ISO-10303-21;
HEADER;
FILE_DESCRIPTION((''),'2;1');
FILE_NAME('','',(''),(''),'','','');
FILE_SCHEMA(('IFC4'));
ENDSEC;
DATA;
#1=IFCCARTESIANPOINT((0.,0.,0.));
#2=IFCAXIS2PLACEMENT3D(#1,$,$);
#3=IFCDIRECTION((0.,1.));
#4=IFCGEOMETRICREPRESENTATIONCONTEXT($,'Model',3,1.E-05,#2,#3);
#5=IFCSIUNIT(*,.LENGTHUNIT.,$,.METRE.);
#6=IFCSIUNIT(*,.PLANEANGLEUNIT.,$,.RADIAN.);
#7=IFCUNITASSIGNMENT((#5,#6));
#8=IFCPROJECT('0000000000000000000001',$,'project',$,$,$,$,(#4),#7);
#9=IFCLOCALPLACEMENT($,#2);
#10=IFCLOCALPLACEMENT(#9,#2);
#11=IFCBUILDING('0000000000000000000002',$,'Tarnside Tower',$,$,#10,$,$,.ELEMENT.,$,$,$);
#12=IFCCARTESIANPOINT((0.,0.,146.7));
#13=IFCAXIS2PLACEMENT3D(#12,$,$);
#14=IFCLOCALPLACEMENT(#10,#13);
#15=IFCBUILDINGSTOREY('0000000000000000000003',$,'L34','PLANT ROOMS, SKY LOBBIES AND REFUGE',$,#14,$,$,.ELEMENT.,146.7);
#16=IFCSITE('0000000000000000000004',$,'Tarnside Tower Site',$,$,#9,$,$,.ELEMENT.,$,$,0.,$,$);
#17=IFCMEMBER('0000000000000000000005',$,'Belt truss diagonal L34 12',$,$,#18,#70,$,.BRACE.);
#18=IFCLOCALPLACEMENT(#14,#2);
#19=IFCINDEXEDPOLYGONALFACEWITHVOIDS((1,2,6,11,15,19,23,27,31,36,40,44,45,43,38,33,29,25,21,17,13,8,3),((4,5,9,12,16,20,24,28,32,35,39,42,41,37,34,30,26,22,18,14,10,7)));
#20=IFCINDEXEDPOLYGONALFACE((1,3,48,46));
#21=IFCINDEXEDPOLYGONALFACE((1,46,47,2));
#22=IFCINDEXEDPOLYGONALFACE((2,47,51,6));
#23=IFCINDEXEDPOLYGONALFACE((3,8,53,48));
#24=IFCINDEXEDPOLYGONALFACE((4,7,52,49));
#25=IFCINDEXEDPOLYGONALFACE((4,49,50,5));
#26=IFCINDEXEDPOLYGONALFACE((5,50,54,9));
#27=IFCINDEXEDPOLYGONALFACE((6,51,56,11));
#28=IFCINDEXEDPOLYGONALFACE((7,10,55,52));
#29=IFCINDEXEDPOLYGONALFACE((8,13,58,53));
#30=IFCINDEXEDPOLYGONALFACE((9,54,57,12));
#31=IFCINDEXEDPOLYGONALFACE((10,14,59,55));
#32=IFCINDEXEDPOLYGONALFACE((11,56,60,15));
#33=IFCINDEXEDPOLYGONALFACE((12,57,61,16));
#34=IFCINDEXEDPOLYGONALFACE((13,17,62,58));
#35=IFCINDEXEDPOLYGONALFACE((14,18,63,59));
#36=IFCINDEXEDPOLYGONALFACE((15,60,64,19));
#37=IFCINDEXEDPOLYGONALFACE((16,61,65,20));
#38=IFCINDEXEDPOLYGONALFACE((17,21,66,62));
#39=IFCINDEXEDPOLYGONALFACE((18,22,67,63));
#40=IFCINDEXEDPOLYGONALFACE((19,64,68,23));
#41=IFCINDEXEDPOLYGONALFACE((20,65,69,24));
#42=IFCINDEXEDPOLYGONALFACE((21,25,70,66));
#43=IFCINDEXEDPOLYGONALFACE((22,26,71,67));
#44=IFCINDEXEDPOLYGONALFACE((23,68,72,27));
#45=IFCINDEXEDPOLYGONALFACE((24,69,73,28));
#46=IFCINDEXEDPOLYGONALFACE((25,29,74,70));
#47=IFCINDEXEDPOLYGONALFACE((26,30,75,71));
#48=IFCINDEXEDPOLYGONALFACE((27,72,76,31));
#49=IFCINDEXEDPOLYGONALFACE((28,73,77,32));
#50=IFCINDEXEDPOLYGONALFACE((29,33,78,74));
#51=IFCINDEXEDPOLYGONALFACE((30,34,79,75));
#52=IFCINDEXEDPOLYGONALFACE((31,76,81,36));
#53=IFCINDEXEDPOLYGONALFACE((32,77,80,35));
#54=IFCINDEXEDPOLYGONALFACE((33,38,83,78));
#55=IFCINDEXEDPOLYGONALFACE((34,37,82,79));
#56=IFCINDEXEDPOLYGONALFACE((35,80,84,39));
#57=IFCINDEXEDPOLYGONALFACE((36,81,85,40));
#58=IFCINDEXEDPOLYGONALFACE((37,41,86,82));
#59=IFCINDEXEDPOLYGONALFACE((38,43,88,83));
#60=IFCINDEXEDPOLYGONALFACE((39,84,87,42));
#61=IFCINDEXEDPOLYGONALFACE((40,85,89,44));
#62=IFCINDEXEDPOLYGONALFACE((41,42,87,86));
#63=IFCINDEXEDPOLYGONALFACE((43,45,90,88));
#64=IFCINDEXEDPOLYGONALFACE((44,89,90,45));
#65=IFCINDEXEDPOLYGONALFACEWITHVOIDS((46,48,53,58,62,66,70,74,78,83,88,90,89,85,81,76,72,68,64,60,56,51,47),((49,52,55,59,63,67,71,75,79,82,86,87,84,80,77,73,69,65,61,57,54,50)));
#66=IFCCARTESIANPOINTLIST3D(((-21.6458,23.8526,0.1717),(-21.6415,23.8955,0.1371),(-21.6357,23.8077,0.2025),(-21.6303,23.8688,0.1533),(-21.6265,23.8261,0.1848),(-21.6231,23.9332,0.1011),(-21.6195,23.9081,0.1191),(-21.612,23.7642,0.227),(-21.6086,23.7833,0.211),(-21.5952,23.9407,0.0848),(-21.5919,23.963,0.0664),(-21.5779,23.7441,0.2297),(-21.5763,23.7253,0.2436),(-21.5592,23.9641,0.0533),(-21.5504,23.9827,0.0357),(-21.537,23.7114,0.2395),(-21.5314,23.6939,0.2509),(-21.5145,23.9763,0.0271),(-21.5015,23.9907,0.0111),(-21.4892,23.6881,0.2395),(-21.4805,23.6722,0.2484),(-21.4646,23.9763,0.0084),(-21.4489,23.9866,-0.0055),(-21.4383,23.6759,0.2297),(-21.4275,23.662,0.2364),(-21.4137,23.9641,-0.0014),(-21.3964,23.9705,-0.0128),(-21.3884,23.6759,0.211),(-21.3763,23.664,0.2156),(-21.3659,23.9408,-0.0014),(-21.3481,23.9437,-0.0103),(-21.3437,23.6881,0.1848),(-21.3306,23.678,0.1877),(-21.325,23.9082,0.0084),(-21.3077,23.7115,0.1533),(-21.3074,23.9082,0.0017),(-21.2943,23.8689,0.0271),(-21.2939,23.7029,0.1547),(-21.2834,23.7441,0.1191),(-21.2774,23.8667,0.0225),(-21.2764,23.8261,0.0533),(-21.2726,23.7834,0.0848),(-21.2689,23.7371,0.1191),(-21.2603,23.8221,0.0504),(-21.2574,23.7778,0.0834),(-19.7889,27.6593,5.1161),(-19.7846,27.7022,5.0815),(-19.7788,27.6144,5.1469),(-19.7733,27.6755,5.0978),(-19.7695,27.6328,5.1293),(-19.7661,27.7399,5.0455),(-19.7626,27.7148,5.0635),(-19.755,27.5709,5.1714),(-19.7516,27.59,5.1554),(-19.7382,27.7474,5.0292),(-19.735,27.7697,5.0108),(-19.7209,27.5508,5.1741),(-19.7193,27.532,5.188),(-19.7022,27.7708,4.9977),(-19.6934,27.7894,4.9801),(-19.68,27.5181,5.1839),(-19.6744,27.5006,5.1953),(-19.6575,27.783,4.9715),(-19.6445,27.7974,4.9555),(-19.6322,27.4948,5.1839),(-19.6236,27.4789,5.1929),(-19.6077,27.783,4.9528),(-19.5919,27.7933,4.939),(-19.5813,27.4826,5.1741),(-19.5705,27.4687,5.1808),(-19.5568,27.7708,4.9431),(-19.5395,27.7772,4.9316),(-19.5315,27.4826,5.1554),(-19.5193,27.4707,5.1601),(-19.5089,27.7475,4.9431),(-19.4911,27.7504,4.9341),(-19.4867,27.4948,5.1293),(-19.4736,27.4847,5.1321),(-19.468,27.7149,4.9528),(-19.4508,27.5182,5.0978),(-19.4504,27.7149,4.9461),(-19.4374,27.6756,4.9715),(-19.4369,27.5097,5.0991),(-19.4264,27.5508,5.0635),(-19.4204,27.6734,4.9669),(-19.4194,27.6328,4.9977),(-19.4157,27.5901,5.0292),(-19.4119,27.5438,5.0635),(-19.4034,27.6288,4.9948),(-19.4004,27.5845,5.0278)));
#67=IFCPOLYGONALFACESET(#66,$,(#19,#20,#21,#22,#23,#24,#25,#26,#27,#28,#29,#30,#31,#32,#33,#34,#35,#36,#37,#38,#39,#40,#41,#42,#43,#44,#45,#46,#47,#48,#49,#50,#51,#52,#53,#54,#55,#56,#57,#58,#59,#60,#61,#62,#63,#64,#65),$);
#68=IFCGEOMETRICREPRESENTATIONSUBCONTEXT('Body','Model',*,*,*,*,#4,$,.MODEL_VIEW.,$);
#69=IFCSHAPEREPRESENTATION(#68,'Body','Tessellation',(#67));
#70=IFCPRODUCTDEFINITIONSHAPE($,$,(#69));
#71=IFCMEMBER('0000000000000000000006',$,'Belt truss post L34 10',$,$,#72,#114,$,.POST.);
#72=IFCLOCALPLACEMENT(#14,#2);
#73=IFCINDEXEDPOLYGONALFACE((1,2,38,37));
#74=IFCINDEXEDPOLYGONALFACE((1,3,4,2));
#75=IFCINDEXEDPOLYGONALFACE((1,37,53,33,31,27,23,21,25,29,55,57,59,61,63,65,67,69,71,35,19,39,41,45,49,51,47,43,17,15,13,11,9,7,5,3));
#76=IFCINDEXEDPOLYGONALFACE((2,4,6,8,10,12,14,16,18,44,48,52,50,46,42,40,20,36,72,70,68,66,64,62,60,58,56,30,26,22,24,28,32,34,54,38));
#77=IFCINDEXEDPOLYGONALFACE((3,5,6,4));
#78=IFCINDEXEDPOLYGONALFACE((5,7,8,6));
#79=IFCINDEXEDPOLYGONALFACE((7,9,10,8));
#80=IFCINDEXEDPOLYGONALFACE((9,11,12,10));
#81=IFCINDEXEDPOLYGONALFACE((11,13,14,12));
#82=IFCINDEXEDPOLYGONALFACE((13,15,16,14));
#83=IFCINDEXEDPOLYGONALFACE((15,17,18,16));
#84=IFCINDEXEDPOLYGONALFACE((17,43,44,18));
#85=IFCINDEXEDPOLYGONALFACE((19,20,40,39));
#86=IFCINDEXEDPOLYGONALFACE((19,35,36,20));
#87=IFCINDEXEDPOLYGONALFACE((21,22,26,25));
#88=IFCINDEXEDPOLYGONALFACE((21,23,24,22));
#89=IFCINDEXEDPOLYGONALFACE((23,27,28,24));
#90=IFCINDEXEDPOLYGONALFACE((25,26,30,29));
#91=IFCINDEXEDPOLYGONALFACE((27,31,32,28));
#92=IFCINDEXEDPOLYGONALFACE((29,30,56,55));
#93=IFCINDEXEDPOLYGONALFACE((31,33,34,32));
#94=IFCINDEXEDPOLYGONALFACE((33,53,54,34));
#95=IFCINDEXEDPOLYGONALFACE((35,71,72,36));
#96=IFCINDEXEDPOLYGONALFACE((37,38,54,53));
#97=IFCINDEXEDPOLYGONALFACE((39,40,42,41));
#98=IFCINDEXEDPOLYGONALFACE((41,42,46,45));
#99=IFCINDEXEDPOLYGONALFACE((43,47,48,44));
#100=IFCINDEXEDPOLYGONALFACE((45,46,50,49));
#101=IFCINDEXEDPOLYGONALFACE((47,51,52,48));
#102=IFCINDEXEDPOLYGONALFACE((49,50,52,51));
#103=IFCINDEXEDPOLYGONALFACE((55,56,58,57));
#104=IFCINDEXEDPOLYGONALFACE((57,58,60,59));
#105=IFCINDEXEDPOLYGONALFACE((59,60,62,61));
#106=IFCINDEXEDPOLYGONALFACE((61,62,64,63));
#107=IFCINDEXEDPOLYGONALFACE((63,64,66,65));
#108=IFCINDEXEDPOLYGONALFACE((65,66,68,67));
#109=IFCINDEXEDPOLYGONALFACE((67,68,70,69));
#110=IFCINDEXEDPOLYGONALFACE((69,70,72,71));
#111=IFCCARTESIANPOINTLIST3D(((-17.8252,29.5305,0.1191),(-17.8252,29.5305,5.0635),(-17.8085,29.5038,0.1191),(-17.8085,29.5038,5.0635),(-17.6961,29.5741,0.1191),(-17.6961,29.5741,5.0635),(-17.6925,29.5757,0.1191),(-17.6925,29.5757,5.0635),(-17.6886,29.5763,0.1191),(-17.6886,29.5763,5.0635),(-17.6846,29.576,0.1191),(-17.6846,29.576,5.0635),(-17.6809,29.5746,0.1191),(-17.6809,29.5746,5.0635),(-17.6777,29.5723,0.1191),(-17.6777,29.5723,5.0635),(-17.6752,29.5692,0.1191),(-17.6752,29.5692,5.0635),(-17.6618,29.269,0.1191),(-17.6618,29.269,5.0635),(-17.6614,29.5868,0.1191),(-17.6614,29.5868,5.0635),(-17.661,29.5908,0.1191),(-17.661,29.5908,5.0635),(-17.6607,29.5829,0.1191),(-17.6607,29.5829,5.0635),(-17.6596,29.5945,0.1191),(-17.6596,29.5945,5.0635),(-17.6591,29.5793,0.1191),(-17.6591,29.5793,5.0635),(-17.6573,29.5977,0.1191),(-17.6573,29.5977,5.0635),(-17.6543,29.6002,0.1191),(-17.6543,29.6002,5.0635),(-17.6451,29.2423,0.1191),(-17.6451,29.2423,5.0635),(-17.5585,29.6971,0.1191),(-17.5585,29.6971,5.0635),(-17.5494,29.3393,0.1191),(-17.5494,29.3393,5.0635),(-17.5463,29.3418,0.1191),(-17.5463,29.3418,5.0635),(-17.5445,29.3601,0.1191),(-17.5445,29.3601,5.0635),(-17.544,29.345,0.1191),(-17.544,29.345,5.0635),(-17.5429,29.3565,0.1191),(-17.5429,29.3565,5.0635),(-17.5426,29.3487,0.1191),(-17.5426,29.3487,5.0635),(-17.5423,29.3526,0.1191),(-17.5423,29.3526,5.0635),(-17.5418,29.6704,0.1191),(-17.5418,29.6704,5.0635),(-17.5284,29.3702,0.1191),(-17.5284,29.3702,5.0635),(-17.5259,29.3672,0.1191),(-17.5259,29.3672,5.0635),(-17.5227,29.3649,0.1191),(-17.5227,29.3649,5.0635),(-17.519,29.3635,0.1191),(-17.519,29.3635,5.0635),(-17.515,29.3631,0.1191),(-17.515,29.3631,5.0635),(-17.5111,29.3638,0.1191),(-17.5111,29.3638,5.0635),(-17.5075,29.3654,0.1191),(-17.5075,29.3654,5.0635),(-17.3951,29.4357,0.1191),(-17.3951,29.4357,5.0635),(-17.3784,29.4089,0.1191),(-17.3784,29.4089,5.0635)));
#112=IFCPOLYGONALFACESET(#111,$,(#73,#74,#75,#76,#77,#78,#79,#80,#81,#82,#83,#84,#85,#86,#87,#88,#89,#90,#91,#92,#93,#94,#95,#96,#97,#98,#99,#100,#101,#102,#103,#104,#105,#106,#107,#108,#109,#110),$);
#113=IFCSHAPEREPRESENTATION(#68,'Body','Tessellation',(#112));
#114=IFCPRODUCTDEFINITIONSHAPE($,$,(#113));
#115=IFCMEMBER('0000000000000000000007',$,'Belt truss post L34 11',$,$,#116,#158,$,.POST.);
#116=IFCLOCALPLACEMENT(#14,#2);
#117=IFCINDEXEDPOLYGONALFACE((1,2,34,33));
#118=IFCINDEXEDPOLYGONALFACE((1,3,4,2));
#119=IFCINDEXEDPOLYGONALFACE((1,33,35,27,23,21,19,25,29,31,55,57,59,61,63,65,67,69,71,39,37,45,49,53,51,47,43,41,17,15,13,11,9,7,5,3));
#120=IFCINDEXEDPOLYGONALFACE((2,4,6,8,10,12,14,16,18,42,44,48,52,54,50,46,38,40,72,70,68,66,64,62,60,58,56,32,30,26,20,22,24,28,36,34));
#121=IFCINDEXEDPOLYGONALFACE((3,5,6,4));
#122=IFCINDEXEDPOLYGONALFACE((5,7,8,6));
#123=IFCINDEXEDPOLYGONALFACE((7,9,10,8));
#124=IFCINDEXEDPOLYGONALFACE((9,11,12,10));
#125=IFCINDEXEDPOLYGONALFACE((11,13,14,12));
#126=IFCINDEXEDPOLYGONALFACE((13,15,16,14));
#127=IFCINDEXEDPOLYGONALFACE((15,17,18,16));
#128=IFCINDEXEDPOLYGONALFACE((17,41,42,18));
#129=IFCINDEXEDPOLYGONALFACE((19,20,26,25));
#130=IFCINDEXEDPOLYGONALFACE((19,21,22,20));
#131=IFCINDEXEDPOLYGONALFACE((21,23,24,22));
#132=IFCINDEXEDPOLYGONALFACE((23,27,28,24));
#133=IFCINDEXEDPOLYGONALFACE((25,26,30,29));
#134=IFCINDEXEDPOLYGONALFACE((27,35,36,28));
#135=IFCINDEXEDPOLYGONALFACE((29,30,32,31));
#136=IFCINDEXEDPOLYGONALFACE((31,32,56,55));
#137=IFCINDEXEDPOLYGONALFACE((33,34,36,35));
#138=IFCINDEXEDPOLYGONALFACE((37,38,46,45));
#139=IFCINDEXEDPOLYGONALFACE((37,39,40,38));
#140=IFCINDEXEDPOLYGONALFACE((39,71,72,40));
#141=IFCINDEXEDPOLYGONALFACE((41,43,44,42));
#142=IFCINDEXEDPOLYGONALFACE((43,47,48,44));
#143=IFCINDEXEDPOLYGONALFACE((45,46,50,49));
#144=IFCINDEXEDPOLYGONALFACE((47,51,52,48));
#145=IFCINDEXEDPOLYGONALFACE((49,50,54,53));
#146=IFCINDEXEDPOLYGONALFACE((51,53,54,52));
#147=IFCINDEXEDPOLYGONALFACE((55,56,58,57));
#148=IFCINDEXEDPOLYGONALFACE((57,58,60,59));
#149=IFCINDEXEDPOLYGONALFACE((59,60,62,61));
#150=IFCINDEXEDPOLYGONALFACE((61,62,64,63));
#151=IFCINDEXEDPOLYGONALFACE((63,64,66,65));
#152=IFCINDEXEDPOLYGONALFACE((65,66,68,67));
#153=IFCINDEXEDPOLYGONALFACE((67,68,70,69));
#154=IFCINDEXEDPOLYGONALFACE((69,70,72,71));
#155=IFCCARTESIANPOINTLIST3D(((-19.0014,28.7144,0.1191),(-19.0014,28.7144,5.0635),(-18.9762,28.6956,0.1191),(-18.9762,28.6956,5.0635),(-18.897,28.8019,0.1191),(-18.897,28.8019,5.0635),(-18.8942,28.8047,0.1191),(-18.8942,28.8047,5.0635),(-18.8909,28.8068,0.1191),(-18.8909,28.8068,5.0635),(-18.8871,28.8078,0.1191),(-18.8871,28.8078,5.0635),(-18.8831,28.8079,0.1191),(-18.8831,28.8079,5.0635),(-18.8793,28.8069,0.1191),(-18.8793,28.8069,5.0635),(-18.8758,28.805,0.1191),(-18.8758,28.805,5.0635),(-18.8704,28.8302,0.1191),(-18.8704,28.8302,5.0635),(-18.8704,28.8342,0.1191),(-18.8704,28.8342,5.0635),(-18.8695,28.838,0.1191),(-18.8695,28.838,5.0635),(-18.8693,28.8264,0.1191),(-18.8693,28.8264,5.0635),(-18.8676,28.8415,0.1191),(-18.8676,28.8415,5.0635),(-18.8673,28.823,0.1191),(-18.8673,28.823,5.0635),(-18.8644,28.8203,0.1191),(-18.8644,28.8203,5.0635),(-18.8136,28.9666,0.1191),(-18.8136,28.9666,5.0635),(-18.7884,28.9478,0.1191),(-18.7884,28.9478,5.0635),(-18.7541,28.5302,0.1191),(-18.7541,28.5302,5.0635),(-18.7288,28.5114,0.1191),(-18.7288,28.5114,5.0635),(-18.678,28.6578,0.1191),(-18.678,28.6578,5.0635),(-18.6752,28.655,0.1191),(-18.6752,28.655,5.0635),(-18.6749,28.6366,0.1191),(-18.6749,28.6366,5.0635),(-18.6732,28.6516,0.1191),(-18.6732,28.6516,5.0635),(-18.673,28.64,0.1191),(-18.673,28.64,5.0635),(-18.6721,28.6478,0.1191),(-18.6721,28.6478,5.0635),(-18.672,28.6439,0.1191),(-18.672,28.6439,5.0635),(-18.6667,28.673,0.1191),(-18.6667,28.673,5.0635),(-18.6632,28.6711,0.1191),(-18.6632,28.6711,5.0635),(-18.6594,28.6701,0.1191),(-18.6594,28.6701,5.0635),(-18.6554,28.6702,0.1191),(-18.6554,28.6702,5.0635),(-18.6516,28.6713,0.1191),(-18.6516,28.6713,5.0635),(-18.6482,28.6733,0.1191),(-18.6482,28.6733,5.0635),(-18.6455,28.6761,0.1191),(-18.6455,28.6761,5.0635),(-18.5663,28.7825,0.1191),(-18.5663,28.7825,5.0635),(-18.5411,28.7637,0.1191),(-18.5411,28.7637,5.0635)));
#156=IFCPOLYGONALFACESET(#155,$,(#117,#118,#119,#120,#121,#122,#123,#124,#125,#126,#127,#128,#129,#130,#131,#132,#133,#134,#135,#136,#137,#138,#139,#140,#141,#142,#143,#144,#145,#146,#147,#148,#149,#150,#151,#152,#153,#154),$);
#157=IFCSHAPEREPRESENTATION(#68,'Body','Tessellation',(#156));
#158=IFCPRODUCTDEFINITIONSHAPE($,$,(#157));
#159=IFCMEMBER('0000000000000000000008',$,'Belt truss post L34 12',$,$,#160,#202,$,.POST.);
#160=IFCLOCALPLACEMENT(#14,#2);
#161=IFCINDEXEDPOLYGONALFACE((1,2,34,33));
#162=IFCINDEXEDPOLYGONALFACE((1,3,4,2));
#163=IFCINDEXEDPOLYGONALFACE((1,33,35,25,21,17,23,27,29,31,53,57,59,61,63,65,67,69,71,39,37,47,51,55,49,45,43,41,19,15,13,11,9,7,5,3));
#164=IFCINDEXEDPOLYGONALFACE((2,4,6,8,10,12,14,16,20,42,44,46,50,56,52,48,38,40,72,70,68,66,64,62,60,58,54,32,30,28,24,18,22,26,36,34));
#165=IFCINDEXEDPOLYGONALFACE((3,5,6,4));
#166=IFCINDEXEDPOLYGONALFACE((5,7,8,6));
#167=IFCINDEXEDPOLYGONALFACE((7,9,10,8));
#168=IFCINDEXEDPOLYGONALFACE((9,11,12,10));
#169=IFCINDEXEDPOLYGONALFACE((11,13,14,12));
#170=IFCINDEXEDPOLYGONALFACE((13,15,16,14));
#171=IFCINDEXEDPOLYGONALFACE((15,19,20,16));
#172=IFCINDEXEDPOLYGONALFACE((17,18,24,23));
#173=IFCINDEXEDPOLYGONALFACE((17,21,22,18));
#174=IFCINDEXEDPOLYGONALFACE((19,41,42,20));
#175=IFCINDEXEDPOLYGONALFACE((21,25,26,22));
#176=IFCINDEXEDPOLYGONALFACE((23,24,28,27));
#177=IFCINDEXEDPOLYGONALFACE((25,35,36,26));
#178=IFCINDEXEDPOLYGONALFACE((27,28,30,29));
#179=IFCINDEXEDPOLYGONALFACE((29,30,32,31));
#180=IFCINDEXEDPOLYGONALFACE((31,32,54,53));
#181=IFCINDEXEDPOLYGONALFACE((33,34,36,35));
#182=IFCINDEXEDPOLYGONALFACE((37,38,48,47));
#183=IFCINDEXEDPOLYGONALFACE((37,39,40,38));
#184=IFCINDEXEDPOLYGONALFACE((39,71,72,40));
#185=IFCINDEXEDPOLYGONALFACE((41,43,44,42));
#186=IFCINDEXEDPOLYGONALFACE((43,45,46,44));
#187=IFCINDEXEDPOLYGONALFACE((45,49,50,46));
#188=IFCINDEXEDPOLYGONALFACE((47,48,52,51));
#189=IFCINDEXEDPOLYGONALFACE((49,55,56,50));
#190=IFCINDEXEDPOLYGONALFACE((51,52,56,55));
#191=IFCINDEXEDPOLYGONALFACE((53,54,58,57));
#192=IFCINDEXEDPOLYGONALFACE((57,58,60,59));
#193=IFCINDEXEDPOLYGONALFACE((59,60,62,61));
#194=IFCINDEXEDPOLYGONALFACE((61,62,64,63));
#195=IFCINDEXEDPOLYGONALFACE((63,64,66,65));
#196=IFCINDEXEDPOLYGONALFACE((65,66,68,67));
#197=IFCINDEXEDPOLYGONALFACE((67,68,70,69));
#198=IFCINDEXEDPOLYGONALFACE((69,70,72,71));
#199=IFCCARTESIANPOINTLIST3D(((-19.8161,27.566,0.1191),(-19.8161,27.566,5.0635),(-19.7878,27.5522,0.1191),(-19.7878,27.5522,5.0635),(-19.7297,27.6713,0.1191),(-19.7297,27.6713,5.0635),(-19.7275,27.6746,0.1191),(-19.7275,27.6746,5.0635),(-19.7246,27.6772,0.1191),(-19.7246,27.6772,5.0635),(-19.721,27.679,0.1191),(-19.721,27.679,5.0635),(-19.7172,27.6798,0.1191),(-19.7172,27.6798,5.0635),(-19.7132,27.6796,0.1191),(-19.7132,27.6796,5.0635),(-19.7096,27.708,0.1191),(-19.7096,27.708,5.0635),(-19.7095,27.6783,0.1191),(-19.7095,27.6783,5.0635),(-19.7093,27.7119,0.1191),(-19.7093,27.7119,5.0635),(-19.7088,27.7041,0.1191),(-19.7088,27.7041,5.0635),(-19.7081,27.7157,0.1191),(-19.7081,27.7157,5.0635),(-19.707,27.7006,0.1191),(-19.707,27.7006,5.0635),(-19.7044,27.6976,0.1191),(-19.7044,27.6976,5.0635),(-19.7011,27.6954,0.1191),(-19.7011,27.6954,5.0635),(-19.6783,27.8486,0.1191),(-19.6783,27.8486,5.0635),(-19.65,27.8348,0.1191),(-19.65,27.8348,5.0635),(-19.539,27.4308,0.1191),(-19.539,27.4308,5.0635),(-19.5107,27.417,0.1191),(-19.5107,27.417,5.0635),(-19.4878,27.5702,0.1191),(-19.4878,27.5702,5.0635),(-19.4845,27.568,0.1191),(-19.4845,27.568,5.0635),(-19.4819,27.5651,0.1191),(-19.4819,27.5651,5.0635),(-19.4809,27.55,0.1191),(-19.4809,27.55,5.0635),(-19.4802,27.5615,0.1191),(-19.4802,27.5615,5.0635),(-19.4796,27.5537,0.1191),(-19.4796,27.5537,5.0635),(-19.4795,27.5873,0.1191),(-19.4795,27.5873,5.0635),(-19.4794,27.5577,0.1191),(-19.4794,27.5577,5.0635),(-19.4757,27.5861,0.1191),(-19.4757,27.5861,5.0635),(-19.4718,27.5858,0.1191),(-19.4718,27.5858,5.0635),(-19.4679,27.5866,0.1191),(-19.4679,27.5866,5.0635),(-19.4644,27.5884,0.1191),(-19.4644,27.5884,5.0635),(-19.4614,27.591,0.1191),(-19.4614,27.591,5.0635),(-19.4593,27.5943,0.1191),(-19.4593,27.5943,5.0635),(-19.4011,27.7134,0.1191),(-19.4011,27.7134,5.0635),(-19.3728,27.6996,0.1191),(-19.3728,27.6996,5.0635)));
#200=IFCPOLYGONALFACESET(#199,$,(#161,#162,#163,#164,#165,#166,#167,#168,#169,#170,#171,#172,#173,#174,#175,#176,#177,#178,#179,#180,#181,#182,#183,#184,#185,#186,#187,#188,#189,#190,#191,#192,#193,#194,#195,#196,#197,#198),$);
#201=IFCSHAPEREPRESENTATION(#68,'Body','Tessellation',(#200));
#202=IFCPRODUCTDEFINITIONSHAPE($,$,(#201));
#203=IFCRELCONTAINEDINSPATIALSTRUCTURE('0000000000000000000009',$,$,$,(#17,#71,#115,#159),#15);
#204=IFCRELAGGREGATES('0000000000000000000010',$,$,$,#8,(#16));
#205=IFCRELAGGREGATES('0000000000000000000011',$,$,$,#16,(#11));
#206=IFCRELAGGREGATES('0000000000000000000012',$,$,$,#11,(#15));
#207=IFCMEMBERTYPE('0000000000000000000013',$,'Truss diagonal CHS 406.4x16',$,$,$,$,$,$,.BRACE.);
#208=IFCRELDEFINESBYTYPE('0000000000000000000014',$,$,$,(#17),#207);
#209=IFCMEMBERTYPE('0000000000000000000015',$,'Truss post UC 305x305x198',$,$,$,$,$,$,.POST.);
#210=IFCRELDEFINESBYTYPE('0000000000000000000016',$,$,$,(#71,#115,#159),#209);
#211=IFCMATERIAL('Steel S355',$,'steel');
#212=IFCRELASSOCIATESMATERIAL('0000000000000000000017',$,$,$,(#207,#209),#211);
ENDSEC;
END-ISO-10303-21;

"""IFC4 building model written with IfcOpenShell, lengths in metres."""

from ifc_helpers import new_model, si_unit, direction, frame, origin, origin_2d, place, context, subcontext, project, spatial, hollow_circle, i_section, extrude, material, material_profile, profile_set, type_object, element, save


model = new_model("IFC4")

# Units and contexts
model_context = context("Model", 3, precision=1e-05, world=origin(), true_north=direction((0.0, 1.0)))
body_context = subcontext(model_context, "Body", "Model", "MODEL_VIEW")
ifc_project = project(units=[si_unit("LENGTHUNIT", "METRE"), si_unit("PLANEANGLEUNIT", "RADIAN")], contexts=[model_context])

# Site, building, storey
site_placement = place(None, origin())
site = spatial("IfcSite", under=ifc_project, at=site_placement, Name="Tarnside Tower Site", CompositionType="ELEMENT", RefElevation=0.0)
building_placement = place(site_placement, origin())
building = spatial("IfcBuilding", under=site, at=building_placement, Name="Tarnside Tower", CompositionType="ELEMENT")
storey_placement = place(building_placement, frame((0.0, 0.0, 146.7)))
storey = spatial("IfcBuildingStorey", under=building, at=storey_placement, Name="L34", Description="PLANT ROOMS, SKY LOBBIES AND REFUGE", CompositionType="ELEMENT", Elevation=146.7)

# Shared definitions
ifc_material_1 = material(Name="Steel S355", Category="steel")

# Members
ifc_material_profile_1 = material_profile(ifc_material_1, hollow_circle(Radius=0.2031, WallThickness=0.0161, at=origin_2d()), Name="CHS 406.4x16")
ifc_profile_set_1 = profile_set([ifc_material_profile_1], Name="Steel S355")
member_type_1 = type_object("IfcMemberType", Name="Truss diagonal CHS 406.4x16", PredefinedType="BRACE", material=ifc_profile_set_1)
member_1_placement = place(storey_placement, frame((-19.5945, 27.6328, 5.0635), z_axis=(-0.285226, -0.584702, -0.759453), x_axis=(0.898765, -0.43843, 0.0)))
element("IfcMember", 1, at=member_1_placement, inside=storey, type_object=member_type_1, Name="Belt truss diagonal L34 12", PredefinedType="BRACE", context=body_context, shape_type="SweptSolid", body=[
    extrude(hollow_circle(Radius=0.2031, WallThickness=0.0161, at=origin_2d()), origin(), (0.0, 0.0, 1.0), 6.5105),
])
ifc_material_profile_2 = material_profile(ifc_material_1, i_section(OverallWidth=0.3145, OverallDepth=0.3398, WebThickness=0.019, FlangeThickness=0.0315, FilletRadius=0.0151, at=origin_2d()), Name="UC 305x305x198")
ifc_profile_set_2 = profile_set([ifc_material_profile_2], Name="Steel S355")
member_type_2 = type_object("IfcMemberType", Name="Truss post UC 305x305x198", PredefinedType="POST", material=ifc_profile_set_2)
for number, where, z_axis, x_axis, name in (
    (2, (-17.6018, 29.4697, 0.1191), (0.0, 0.0, 1.0), (-0.848048, -0.529919, 0.0), "Belt truss post L34 10"),
    (3, (-18.7712, 28.739, 0.1191), (0.0, 0.0, 1.0), (-0.597159, -0.802123, 0.0), "Belt truss post L34 11"),
    (4, (-19.5945, 27.6328, 0.1191), (0.0, 0.0, 1.0), (-0.438371, -0.898794, 0.0), "Belt truss post L34 12"),
):
    element("IfcMember", number, at=place(storey_placement, frame(where, z_axis=z_axis, x_axis=x_axis)), inside=storey, type_object=member_type_2, Name=name, PredefinedType="POST", context=body_context, shape_type="SweptSolid", body=[
        extrude(i_section(OverallWidth=0.3145, OverallDepth=0.3398, WebThickness=0.019, FlangeThickness=0.0315, FilletRadius=0.0151, at=origin_2d()), origin(), (0.0, 0.0, 1.0), 4.9443),
    ])

save(model, "model.ifc")
